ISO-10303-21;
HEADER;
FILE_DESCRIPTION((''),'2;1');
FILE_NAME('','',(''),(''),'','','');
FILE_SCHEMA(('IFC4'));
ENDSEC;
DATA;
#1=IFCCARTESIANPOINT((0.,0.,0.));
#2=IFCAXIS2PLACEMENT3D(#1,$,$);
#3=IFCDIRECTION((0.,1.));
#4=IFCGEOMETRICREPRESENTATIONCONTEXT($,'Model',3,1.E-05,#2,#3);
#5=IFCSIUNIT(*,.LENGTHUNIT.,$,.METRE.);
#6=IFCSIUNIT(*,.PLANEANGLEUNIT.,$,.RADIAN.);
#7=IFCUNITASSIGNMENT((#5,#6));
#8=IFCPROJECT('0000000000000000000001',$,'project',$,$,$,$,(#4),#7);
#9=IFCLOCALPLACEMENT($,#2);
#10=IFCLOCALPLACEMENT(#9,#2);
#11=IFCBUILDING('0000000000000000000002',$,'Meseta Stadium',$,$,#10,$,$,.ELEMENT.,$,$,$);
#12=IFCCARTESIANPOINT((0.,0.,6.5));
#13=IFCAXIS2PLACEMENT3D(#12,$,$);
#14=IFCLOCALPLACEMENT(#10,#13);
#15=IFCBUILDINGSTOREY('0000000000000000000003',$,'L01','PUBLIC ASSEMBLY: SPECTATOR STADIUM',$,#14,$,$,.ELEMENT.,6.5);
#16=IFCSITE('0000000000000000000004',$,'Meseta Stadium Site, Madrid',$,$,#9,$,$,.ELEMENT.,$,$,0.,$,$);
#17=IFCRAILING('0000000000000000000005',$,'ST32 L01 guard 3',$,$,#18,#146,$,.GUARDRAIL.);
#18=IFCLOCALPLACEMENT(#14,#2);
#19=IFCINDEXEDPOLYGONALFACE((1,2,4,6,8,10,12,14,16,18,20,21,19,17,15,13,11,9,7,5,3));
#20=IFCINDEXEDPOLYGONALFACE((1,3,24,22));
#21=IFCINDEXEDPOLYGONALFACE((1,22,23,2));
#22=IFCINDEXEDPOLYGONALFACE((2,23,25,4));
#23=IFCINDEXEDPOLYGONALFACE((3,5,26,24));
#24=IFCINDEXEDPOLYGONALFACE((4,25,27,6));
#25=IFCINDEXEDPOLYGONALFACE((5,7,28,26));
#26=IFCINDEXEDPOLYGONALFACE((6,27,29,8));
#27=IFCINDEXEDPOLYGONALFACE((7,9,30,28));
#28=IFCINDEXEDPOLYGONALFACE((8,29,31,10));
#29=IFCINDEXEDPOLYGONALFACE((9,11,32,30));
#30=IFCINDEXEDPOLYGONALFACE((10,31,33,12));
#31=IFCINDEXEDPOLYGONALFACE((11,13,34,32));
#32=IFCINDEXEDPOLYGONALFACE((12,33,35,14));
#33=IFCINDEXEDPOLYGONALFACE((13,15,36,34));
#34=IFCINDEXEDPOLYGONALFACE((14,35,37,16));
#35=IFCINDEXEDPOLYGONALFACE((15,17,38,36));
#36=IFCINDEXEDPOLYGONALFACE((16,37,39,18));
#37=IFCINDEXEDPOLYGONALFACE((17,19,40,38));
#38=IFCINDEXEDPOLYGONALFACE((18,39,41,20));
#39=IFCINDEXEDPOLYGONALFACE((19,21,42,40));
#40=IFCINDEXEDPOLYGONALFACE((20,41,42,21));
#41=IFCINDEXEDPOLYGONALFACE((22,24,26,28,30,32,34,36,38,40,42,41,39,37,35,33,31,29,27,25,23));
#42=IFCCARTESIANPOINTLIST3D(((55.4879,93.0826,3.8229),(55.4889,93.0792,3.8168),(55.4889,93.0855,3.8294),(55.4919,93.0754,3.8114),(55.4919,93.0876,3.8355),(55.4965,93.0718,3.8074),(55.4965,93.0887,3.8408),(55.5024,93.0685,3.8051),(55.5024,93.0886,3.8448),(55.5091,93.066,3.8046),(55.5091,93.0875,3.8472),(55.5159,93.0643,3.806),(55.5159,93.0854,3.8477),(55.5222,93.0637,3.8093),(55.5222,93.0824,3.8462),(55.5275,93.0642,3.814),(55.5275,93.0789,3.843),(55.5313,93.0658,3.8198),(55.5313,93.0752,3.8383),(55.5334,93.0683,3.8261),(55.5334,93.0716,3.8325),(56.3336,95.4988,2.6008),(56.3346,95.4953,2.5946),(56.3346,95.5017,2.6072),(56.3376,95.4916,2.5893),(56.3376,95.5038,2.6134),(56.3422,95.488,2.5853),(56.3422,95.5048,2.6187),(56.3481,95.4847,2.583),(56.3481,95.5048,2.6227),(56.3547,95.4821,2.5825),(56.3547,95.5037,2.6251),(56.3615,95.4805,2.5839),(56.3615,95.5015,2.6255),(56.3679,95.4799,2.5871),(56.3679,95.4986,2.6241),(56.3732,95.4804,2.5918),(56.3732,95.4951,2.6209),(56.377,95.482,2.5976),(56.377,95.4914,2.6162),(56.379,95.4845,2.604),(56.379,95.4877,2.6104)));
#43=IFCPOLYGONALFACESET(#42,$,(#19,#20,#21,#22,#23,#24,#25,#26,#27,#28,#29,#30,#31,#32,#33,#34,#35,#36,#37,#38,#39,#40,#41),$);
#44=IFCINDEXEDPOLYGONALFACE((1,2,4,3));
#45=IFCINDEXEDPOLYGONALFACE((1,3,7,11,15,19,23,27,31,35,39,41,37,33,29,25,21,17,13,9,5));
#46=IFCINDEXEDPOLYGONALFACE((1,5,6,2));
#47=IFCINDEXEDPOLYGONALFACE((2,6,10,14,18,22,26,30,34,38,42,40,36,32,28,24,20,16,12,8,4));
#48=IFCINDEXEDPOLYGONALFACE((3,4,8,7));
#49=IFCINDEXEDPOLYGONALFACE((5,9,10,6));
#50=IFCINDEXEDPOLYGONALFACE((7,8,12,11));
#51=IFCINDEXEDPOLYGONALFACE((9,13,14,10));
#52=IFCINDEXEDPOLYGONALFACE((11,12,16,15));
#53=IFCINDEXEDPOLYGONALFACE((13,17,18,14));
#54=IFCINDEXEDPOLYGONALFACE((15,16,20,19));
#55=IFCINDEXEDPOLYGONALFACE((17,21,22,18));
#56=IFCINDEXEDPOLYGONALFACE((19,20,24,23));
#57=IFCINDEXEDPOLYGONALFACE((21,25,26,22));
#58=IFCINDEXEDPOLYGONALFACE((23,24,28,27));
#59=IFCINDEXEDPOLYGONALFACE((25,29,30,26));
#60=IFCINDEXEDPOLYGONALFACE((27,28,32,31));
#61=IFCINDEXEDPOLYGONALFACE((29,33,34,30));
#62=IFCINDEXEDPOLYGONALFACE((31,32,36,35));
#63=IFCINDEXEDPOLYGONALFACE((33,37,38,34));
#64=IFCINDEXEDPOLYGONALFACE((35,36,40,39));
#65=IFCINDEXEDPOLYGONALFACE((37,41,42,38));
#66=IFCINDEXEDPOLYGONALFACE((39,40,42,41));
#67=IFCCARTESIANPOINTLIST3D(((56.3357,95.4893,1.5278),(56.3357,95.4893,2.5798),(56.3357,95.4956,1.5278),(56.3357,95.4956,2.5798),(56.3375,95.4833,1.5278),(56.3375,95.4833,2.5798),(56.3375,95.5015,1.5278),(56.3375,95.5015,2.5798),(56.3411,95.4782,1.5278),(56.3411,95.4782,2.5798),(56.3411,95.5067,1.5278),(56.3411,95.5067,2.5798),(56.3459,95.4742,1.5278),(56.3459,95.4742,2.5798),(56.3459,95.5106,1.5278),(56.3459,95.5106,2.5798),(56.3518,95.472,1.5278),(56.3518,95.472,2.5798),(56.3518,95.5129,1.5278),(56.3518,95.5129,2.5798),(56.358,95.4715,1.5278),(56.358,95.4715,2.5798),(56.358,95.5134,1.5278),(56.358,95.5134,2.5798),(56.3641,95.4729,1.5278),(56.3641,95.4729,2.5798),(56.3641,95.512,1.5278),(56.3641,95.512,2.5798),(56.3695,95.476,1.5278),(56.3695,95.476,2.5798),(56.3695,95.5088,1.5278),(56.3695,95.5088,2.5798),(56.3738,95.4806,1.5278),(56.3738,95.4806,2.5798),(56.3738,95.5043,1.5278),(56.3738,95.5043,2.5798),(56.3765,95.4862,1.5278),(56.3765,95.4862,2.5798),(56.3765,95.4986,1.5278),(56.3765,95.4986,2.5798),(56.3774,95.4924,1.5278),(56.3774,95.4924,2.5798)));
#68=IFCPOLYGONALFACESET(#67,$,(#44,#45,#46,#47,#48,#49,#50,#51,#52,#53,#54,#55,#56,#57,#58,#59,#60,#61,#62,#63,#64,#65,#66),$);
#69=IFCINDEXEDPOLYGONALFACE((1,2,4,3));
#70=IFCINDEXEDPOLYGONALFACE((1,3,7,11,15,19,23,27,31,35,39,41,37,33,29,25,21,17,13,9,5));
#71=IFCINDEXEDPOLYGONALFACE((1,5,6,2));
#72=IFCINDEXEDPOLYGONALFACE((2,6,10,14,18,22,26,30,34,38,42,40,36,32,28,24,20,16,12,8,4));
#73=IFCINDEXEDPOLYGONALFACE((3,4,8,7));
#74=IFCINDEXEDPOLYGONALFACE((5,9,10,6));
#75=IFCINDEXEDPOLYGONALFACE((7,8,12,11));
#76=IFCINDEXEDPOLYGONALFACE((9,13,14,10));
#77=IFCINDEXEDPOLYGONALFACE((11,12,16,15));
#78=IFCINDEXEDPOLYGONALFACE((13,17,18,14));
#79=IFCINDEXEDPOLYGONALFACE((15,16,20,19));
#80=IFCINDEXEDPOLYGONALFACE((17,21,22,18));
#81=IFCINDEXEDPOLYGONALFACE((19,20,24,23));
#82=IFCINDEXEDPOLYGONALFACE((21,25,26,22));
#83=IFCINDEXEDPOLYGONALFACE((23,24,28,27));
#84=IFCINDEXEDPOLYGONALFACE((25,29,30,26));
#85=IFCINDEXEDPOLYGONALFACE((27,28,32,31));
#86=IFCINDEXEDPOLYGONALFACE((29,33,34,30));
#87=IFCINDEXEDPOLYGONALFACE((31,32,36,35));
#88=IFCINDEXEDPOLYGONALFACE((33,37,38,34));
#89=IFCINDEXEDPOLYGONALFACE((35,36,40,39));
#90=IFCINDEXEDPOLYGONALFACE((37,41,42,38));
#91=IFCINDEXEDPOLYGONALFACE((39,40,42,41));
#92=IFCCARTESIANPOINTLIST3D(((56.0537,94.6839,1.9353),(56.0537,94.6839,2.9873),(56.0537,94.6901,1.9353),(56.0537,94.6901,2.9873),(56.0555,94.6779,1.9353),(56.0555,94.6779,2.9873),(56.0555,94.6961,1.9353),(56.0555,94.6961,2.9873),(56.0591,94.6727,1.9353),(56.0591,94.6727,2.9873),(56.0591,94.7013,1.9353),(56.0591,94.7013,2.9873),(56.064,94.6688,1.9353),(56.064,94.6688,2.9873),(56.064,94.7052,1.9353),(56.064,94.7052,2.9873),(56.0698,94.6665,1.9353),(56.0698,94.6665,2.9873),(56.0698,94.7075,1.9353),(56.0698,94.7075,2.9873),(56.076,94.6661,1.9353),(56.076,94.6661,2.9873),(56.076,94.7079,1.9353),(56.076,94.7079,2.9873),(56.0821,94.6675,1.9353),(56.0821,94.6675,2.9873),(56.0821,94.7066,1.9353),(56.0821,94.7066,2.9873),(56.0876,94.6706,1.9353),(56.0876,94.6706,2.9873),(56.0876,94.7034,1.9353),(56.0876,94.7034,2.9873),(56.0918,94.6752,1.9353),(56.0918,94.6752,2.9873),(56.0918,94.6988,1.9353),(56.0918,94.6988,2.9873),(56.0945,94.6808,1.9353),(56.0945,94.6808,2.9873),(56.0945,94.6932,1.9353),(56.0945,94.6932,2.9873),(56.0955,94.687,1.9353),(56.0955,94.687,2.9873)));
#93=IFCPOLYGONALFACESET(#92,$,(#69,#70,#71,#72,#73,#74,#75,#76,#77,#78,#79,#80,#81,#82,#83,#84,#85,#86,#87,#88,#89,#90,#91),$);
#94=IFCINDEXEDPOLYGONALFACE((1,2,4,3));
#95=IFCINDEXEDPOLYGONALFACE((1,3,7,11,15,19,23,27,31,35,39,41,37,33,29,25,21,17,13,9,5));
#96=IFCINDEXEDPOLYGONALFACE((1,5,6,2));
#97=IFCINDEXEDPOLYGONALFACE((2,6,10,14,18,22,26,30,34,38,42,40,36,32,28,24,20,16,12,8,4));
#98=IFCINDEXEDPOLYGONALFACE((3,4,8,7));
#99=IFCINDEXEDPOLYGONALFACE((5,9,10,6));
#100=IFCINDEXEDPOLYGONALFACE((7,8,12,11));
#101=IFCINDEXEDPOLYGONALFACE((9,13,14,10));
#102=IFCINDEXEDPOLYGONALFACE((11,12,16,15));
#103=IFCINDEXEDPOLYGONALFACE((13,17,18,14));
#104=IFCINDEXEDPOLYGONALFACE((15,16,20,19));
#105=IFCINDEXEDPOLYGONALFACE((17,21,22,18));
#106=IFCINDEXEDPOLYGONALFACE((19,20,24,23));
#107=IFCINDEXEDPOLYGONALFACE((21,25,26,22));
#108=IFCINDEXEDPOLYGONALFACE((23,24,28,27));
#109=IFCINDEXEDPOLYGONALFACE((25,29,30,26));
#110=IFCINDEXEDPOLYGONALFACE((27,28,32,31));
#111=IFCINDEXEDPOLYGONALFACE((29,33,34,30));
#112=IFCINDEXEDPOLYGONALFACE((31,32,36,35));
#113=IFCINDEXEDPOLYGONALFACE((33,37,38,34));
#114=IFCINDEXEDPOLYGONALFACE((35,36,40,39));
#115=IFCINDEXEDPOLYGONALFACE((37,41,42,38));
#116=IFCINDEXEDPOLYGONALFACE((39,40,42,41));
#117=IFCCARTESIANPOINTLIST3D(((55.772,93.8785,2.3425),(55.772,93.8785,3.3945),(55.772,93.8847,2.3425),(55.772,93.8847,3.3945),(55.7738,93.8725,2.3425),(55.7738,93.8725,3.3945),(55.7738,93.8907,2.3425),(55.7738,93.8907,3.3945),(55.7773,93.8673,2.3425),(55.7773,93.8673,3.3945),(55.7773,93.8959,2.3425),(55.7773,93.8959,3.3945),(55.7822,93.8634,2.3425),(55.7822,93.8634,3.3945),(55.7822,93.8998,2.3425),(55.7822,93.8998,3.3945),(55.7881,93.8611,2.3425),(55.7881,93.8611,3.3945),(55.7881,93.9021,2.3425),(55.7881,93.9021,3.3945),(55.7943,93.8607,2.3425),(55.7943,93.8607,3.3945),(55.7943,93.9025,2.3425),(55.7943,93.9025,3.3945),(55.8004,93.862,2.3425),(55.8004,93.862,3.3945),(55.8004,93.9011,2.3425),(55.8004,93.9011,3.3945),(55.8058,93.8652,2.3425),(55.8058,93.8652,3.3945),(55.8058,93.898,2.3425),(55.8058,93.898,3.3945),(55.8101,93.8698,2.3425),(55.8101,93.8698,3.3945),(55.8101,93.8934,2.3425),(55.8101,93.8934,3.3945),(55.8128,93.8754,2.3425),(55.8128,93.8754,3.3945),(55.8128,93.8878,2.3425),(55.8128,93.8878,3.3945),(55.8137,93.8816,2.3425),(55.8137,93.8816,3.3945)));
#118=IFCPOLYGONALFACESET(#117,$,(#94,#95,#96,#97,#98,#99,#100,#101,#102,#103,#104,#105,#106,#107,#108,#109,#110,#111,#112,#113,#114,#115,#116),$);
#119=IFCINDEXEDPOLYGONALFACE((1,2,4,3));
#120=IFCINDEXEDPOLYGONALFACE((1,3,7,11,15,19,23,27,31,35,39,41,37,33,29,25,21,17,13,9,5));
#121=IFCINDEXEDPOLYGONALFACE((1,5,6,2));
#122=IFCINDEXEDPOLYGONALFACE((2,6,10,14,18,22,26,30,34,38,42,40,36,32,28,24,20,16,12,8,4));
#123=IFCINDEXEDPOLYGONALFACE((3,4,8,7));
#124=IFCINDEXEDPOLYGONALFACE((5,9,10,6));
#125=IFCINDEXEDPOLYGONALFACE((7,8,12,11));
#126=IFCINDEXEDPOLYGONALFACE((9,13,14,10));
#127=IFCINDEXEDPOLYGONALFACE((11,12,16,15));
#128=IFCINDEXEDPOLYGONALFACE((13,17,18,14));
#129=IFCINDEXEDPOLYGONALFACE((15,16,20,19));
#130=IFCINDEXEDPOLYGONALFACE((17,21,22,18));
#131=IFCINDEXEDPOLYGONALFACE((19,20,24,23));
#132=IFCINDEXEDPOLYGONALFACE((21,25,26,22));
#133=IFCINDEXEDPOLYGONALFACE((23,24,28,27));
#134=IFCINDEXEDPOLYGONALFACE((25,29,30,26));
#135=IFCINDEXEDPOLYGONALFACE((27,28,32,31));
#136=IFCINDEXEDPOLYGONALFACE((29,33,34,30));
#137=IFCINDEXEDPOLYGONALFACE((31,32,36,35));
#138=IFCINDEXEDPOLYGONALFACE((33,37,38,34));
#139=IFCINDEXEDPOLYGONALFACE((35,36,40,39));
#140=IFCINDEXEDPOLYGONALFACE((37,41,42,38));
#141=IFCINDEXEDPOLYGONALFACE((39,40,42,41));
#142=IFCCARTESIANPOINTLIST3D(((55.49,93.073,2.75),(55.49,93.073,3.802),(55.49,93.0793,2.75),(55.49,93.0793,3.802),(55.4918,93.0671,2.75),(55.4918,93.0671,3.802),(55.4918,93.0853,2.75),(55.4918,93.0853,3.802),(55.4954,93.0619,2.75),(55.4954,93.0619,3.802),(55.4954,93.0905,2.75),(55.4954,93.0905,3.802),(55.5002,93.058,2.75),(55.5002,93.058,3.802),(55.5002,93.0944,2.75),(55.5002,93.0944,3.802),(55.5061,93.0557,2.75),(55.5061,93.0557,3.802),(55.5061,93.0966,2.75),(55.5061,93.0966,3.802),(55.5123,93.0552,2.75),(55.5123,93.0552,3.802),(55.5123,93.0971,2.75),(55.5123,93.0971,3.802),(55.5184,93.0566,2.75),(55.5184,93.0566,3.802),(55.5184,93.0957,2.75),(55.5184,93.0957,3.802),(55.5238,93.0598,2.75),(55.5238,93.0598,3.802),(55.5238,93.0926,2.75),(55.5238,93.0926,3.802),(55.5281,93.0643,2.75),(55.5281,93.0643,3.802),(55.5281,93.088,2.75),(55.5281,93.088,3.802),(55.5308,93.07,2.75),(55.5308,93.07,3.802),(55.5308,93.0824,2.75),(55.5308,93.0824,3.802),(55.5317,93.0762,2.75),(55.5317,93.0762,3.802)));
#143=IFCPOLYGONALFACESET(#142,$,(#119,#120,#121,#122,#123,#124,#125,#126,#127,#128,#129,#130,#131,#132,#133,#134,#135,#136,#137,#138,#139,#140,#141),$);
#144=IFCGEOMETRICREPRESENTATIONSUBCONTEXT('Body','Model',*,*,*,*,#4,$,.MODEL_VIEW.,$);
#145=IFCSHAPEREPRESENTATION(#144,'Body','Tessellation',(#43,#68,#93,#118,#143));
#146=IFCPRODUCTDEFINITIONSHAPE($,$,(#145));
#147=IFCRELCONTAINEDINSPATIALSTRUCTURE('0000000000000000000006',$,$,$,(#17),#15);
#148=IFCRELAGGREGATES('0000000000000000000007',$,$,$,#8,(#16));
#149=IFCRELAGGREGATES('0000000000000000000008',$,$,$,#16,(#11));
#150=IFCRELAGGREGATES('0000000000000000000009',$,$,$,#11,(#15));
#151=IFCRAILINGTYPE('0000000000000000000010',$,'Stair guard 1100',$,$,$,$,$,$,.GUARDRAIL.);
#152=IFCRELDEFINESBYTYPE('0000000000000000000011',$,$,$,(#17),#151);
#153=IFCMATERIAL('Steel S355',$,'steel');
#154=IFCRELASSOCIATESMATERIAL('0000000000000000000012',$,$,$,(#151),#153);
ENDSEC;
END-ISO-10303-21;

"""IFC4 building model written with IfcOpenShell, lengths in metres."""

from ifc_helpers import new_model, si_unit, direction, frame, origin, origin_2d, place, context, subcontext, project, spatial, circle, extrude, material, type_object, element, save


model = new_model("IFC4")

# Units and contexts
model_context = context("Model", 3, precision=1e-05, world=origin(), true_north=direction((0.0, 1.0)))
body_context = subcontext(model_context, "Body", "Model", "MODEL_VIEW")
ifc_project = project(units=[si_unit("LENGTHUNIT", "METRE"), si_unit("PLANEANGLEUNIT", "RADIAN")], contexts=[model_context])

# Site, building, storey
site_placement = place(None, origin())
site = spatial("IfcSite", under=ifc_project, at=site_placement, Name="Meseta Stadium Site, Madrid", CompositionType="ELEMENT", RefElevation=0.0)
building_placement = place(site_placement, origin())
building = spatial("IfcBuilding", under=site, at=building_placement, Name="Meseta Stadium", CompositionType="ELEMENT")
storey_placement = place(building_placement, frame((0.0, 0.0, 6.5)))
storey = spatial("IfcBuildingStorey", under=building, at=storey_placement, Name="L01", Description="PUBLIC ASSEMBLY: SPECTATOR STADIUM", CompositionType="ELEMENT", Elevation=6.5)

# Railing
ifc_material_1 = material(Name="Steel S355", Category="steel")
railing_type_1 = type_object("IfcRailingType", Name="Stair guard 1100", PredefinedType="GUARDRAIL", material=ifc_material_1)
railing_1_placement = place(storey_placement, frame((56.3564, 95.4924, 1.5278)))
element("IfcRailing", 1, at=railing_1_placement, inside=storey, type_object=railing_type_1, Name="ST32 L01 guard 3", PredefinedType="GUARDRAIL", context=body_context, shape_type="SweptSolid", body=[
    extrude(circle(Radius=0.0239, at=origin_2d()), frame((0.0, 0.0, 1.0762), z_axis=(-0.298123, -0.851767, 0.430832), x_axis=(0.943857, -0.330355, 0.0)), (0.0, 0.0, 1.0), 2.8367),
    extrude(circle(Radius=0.021, at=origin_2d()), origin(), (0.0, 0.0, 1.0), 1.052),
    extrude(circle(Radius=0.021, at=origin_2d()), frame((-0.282, -0.8054, 0.4075)), (0.0, 0.0, 1.0), 1.052),
    extrude(circle(Radius=0.021, at=origin_2d()), frame((-0.5637, -1.6108, 0.8147)), (0.0, 0.0, 1.0), 1.052),
    extrude(circle(Radius=0.021, at=origin_2d()), frame((-0.8457, -2.4163, 1.2222)), (0.0, 0.0, 1.0), 1.052),
])

save(model, "model.ifc")
